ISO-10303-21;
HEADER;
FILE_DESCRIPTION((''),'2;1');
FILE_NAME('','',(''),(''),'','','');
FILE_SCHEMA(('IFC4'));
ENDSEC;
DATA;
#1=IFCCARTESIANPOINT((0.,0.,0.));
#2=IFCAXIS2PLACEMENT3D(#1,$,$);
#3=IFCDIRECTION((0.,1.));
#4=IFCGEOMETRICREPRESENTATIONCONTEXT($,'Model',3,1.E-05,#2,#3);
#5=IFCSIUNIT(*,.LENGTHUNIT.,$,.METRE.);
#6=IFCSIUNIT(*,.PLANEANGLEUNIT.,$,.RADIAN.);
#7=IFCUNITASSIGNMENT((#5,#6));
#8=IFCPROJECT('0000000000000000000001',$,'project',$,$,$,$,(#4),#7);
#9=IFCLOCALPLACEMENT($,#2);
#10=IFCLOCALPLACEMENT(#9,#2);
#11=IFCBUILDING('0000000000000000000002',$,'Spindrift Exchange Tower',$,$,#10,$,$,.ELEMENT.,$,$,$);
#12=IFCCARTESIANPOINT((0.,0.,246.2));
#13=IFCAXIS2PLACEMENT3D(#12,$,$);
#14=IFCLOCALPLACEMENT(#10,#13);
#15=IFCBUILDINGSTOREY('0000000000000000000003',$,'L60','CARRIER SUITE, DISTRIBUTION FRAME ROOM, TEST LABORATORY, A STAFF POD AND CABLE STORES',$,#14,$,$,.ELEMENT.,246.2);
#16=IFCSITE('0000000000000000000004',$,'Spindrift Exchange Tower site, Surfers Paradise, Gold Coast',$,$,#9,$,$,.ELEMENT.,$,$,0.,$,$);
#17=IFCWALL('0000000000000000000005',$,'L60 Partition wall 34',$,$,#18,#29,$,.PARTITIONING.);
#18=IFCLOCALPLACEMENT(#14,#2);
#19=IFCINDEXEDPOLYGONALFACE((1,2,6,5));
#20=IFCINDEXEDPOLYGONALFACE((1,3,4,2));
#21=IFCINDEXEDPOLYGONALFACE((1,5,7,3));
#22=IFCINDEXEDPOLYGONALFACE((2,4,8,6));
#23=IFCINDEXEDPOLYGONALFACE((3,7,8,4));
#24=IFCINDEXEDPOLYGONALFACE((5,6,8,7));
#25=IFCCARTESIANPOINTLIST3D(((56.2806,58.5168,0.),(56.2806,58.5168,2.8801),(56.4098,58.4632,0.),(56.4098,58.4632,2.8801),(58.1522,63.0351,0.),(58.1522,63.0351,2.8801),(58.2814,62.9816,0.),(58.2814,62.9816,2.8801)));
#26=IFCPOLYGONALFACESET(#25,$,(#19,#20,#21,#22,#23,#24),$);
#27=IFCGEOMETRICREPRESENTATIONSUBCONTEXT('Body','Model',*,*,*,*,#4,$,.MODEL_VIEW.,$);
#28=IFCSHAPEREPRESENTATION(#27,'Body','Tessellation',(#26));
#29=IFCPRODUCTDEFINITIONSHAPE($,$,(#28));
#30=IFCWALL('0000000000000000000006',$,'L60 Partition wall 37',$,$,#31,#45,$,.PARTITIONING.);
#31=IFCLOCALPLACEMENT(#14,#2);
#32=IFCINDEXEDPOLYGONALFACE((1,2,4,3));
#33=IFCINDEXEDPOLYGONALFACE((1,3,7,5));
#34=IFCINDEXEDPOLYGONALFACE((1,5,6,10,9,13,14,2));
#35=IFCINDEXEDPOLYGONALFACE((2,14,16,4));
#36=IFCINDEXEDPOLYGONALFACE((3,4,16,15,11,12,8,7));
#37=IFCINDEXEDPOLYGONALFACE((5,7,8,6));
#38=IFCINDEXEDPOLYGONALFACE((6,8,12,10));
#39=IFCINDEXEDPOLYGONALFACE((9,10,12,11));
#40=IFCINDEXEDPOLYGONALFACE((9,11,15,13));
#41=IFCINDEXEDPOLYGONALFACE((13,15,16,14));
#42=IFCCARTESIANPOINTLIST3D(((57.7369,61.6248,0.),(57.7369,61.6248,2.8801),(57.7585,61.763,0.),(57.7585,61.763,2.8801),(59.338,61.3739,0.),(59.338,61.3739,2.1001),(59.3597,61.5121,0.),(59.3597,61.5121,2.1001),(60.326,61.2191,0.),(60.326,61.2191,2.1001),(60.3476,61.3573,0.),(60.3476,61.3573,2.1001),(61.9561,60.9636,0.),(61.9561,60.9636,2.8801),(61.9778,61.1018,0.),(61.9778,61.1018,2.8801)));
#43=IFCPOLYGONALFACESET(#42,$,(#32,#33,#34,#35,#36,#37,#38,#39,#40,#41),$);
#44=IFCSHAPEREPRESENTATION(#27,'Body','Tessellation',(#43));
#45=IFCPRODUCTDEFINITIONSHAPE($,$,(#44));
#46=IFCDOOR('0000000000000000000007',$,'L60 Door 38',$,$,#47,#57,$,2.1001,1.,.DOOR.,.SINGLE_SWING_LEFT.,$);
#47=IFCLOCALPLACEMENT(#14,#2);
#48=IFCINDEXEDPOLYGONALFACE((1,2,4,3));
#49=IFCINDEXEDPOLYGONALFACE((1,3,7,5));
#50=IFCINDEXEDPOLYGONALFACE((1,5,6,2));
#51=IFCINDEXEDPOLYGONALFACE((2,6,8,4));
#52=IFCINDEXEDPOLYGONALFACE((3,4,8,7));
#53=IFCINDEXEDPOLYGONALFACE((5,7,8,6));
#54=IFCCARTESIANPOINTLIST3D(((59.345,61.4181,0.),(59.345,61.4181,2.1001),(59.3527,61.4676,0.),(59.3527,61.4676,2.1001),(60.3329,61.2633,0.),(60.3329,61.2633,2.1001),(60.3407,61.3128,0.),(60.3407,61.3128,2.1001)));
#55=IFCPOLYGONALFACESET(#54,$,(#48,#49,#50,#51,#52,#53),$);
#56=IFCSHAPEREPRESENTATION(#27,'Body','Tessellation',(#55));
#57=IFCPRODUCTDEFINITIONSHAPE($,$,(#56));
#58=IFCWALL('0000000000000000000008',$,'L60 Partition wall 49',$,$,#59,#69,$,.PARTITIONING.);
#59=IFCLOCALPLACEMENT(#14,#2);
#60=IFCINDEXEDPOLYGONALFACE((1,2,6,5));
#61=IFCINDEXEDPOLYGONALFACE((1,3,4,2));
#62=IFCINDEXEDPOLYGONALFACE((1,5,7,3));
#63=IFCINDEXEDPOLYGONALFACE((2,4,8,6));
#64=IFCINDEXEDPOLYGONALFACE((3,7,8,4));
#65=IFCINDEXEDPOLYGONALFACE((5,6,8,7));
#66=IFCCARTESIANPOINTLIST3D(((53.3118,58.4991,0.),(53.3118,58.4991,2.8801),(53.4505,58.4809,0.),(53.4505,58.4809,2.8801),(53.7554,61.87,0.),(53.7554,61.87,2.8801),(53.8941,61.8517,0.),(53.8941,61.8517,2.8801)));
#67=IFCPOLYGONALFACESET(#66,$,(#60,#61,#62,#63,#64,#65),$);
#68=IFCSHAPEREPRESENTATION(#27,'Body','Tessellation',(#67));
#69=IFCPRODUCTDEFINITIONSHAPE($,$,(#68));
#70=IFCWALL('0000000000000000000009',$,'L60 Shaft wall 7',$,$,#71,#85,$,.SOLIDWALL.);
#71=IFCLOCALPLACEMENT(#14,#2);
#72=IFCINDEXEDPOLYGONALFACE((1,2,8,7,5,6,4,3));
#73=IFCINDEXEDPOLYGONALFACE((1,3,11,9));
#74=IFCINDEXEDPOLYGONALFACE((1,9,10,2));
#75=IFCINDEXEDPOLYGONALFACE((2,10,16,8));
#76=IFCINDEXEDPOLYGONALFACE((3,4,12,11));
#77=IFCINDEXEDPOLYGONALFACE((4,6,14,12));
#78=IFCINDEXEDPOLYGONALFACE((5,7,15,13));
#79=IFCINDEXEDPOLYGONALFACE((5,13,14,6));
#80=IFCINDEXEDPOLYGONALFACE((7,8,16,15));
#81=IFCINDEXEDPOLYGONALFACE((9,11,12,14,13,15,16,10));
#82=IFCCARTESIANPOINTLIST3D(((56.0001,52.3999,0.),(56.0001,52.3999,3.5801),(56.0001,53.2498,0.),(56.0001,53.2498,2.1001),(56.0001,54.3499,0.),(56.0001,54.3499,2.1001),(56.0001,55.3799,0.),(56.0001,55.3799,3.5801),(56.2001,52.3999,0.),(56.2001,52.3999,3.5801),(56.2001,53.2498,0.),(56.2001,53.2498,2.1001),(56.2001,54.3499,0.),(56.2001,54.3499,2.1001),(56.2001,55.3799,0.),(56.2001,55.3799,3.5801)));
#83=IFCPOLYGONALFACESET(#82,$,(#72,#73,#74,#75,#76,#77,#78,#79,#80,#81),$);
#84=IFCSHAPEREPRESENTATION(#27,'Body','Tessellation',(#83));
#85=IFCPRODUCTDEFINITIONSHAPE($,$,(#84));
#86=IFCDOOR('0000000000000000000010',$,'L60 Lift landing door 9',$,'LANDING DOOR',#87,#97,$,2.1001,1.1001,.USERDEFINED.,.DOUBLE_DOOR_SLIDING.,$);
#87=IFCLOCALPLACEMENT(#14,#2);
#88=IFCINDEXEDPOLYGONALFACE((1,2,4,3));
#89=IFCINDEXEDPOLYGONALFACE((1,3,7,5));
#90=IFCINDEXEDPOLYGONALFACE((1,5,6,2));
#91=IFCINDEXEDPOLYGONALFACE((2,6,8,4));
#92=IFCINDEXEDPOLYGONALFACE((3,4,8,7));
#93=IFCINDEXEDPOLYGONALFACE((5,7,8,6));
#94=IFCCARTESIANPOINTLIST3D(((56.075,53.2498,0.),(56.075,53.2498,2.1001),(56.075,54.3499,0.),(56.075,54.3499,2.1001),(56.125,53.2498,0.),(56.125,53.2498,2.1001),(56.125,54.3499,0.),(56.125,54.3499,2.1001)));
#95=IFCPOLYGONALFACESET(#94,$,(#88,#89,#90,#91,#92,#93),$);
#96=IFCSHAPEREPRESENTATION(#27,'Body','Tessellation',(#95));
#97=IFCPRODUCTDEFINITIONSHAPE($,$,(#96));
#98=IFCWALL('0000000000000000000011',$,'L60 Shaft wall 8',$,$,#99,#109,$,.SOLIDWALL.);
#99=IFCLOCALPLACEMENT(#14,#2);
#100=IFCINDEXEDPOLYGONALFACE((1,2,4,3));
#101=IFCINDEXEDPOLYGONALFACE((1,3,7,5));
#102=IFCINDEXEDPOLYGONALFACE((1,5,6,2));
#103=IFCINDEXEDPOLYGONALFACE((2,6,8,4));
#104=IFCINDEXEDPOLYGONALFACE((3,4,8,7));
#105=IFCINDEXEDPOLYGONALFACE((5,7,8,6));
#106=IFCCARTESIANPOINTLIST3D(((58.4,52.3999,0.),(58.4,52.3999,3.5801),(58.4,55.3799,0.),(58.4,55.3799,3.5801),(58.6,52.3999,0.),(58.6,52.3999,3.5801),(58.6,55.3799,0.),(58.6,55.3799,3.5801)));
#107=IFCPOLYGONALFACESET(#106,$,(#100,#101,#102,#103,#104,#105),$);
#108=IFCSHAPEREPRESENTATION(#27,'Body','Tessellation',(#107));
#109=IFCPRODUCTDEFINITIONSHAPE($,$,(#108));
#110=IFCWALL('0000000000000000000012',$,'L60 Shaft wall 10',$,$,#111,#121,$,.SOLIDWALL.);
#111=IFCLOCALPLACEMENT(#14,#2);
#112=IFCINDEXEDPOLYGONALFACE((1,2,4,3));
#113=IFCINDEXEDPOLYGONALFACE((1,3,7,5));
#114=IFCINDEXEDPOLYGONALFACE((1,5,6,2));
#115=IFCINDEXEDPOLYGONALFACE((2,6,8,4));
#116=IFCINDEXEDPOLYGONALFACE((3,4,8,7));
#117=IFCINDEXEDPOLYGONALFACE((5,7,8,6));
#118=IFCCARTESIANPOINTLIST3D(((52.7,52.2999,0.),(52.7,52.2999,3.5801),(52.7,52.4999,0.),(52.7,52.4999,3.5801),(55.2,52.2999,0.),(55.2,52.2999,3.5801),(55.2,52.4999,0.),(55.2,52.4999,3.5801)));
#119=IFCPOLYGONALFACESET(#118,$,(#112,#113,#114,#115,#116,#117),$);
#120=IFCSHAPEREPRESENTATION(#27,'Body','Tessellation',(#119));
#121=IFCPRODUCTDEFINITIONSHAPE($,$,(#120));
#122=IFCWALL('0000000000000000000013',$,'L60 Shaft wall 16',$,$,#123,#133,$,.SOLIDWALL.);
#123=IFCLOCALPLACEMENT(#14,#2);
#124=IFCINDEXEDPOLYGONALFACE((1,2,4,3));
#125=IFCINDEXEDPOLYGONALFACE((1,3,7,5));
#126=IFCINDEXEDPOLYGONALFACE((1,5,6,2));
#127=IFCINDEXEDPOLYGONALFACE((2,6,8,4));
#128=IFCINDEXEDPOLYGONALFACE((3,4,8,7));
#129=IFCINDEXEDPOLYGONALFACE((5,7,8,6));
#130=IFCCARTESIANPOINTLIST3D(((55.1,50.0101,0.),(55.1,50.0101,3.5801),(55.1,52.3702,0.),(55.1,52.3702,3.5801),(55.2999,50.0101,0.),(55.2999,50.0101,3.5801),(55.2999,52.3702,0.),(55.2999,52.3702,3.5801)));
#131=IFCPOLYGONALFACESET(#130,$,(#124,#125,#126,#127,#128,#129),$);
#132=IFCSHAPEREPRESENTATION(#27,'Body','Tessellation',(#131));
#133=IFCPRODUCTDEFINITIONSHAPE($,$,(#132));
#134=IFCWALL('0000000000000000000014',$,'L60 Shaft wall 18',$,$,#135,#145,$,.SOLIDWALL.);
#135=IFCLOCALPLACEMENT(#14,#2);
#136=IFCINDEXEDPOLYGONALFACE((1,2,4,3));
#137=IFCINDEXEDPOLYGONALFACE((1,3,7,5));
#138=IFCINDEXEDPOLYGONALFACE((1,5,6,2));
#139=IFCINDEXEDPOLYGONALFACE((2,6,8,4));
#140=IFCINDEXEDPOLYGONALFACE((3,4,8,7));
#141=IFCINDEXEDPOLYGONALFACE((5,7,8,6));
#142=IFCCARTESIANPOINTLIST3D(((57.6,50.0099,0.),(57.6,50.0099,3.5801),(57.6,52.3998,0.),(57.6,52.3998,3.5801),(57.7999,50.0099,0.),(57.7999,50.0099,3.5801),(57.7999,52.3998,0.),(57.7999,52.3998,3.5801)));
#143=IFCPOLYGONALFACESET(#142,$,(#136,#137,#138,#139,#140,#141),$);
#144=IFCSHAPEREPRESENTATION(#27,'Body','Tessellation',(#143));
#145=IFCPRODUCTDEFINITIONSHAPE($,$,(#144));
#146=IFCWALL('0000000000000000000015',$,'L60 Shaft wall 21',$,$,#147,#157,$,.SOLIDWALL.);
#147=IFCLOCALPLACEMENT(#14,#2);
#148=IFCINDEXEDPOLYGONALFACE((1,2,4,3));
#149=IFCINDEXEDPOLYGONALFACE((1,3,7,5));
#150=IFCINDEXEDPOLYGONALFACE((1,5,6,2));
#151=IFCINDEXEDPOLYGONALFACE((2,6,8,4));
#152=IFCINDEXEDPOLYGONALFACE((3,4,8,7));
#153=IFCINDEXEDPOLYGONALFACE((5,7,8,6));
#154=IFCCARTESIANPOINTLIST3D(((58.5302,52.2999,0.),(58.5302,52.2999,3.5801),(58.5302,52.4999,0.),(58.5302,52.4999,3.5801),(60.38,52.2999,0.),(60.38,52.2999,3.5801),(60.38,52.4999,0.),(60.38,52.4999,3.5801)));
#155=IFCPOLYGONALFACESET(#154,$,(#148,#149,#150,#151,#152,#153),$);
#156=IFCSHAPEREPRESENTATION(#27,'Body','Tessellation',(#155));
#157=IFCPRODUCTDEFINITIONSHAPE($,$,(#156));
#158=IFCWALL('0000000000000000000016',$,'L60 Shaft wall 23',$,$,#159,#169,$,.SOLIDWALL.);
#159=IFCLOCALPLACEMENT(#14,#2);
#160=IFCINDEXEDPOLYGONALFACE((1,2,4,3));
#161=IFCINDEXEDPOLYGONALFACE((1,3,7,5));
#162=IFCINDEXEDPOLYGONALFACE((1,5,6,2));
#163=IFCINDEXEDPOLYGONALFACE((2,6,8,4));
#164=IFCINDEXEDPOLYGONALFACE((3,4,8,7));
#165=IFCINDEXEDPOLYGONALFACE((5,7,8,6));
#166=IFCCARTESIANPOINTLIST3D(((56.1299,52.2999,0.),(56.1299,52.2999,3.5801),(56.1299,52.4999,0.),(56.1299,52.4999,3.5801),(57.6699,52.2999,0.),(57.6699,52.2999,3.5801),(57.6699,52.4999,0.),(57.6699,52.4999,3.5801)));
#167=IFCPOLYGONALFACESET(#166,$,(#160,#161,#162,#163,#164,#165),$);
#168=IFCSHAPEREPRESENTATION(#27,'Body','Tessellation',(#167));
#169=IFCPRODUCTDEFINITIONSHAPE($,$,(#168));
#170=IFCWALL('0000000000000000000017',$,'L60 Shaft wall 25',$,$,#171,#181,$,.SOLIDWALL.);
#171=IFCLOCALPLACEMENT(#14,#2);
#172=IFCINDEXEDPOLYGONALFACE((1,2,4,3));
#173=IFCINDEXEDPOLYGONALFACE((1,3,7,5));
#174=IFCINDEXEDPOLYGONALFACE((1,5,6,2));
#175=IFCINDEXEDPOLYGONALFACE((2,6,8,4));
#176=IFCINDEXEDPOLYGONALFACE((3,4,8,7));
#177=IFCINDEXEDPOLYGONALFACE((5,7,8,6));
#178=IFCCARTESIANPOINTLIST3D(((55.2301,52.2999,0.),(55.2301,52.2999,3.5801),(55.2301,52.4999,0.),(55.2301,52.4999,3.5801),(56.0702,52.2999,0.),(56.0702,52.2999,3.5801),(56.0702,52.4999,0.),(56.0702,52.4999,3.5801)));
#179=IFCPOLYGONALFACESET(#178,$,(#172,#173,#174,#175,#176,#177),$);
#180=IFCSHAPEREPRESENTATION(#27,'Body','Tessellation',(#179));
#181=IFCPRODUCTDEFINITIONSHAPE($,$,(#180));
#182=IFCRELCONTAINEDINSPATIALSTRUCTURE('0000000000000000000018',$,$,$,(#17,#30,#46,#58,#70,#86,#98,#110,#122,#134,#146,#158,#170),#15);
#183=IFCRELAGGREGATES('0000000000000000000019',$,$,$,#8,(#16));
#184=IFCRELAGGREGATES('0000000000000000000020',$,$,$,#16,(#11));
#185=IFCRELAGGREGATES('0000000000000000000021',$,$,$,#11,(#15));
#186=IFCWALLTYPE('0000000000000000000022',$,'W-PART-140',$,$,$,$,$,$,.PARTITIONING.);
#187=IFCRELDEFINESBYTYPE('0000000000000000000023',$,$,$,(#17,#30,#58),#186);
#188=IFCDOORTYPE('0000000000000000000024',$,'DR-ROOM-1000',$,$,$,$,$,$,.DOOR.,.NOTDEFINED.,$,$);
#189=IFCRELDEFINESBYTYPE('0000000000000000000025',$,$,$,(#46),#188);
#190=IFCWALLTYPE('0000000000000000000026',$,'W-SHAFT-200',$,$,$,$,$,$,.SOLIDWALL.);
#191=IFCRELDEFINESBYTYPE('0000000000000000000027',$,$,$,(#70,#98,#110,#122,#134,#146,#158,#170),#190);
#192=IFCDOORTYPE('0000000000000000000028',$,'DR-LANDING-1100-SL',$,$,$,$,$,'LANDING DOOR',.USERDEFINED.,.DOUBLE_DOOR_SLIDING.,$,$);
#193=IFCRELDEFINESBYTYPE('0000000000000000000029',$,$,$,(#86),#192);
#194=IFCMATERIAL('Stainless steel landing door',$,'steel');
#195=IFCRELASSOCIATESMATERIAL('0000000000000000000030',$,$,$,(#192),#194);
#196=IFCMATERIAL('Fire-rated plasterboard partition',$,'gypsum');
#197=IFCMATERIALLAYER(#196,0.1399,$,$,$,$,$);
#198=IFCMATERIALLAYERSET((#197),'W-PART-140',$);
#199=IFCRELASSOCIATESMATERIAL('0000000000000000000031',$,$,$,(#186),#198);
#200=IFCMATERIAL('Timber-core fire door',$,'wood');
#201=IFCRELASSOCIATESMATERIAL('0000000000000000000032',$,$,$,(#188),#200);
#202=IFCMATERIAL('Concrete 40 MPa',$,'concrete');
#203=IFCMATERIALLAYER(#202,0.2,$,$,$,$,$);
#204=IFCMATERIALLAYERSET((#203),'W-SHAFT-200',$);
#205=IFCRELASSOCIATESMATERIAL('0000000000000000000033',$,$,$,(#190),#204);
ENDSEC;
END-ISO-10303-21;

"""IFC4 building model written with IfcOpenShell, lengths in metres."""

from ifc_helpers import new_model, si_unit, direction, frame, frame_2d, origin, place, context, subcontext, project, spatial, rectangle, extrude, source, transform, mapped, material, layer, layer_set, type_object, element, fill, save


model = new_model("IFC4")

# Units and contexts
model_context = context("Model", 3, precision=1e-05, world=origin(), true_north=direction((0.0, 1.0)))
body_context = subcontext(model_context, "Body", "Model", "MODEL_VIEW")
ifc_project = project(units=[si_unit("LENGTHUNIT", "METRE"), si_unit("PLANEANGLEUNIT", "RADIAN")], contexts=[model_context])

# Site, building, storey
site_placement = place(None, origin())
site = spatial("IfcSite", under=ifc_project, at=site_placement, Name="Spindrift Exchange Tower site, Surfers Paradise, Gold Coast", CompositionType="ELEMENT", RefElevation=0.0)
building_placement = place(site_placement, origin())
building = spatial("IfcBuilding", under=site, at=building_placement, Name="Spindrift Exchange Tower", CompositionType="ELEMENT")
storey_placement = place(building_placement, frame((0.0, 0.0, 246.2)))
storey = spatial("IfcBuildingStorey", under=building, at=storey_placement, Name="L60", Description="CARRIER SUITE, DISTRIBUTION FRAME ROOM, TEST LABORATORY, A STAFF POD AND CABLE STORES", CompositionType="ELEMENT", Elevation=246.2)

# Shared definitions
ifc_material_1 = material(Name="Stainless steel landing door", Category="steel")
door_type_1 = type_object("IfcDoorType", Name="DR-LANDING-1100-SL", ElementType="LANDING DOOR", OperationType="DOUBLE_DOOR_SLIDING", PredefinedType="USERDEFINED", material=ifc_material_1)
shared_shape_1 = source(origin(), body_context, "Body", "SweptSolid", [
    extrude(rectangle(XDim=1.1001, YDim=2.1001, at=frame_2d((0.55, 1.05))), frame((0.0, 0.0249, 0.0), z_axis=(0.0, -1.0, 0.0), x_axis=(1.0, 0.0, 0.0)), (0.0, 0.0, 1.0), 0.05),
])
ifc_material_2 = material(Name="Timber-core fire door", Category="wood")

# Wall
ifc_material_3 = material(Name="Fire-rated plasterboard partition", Category="gypsum")
ifc_layer_1 = layer(ifc_material_3, 0.1399)
ifc_layer_set_1 = layer_set([ifc_layer_1], Name="W-PART-140")
wall_type_1 = type_object("IfcWallType", Name="W-PART-140", PredefinedType="PARTITIONING", material=ifc_layer_set_1)
wall_1_placement = place(storey_placement, frame((56.3452, 58.49, 0.0), z_axis=(0.0, 0.0, 1.0), x_axis=(0.38269, 0.923877, 0.0)))
element("IfcWall", 1, at=wall_1_placement, inside=storey, type_object=wall_type_1, Name="L60 Partition wall 34", PredefinedType="PARTITIONING", context=body_context, shape_type="SweptSolid", body=[
    extrude(rectangle(XDim=4.8906, YDim=0.1399, at=frame_2d((2.4453, 0.0))), origin(), (0.0, 0.0, 1.0), 2.8801),
])

# Wall, opening, door
wall_2_placement = place(storey_placement, frame((57.7478, 61.6938, 0.0), z_axis=(0.0, 0.0, 1.0), x_axis=(0.987945, -0.154806, 0.0)))
wall_2 = element("IfcWall", 2, at=wall_2_placement, inside=storey, type_object=wall_type_1, Name="L60 Partition wall 37", PredefinedType="PARTITIONING", context=body_context, shape_type="SweptSolid", body=[
    extrude(rectangle(XDim=4.2708, YDim=0.1399, at=frame_2d((2.1353, 0.0))), origin(), (0.0, 0.0, 1.0), 2.8801),
])
opening_1_placement = place(wall_2_placement, frame((1.6206, 0.0, 0.0)))
opening_1 = element("IfcOpeningElement", 3, at=opening_1_placement, cuts=wall_2, PredefinedType="OPENING", context=body_context, shape_type="SweptSolid", body=[
    extrude(rectangle(XDim=1.0, YDim=2.1001, at=frame_2d((0.5, 1.05))), frame((0.0, 0.0798, 0.0), z_axis=(0.0, -1.0, 0.0), x_axis=(1.0, 0.0, 0.0)), (0.0, 0.0, 1.0), 0.1599),
])
door_type_2 = type_object("IfcDoorType", Name="DR-ROOM-1000", OperationType="NOTDEFINED", PredefinedType="DOOR", material=ifc_material_2)
shared_shape_2 = source(origin(), body_context, "Body", "SweptSolid", [
    extrude(rectangle(XDim=1.0, YDim=2.1001, at=frame_2d((0.5, 1.05))), frame((0.0, 0.0249, 0.0), z_axis=(0.0, -1.0, 0.0), x_axis=(1.0, 0.0, 0.0)), (0.0, 0.0, 1.0), 0.05),
])
door_1_placement = place(opening_1_placement, origin())
door_1 = element("IfcDoor", 4, at=door_1_placement, inside=storey, type_object=door_type_2, Name="L60 Door 38", OperationType="SINGLE_SWING_LEFT", OverallHeight=2.1001, OverallWidth=1.0, PredefinedType="DOOR", context=body_context, shape_type="MappedRepresentation", body=[
    mapped(shared_shape_2, transform((0.0, 0.0, 0.0), scale=1.0)),
])
fill(opening_1, door_1)

# Wall
wall_3_placement = place(storey_placement, frame((53.3811, 58.49, 0.0), z_axis=(0.0, 0.0, 1.0), x_axis=(0.130475, 0.991452, 0.0)))
element("IfcWall", 5, at=wall_3_placement, inside=storey, type_object=wall_type_1, Name="L60 Partition wall 49", PredefinedType="PARTITIONING", context=body_context, shape_type="SweptSolid", body=[
    extrude(rectangle(XDim=3.3999, YDim=0.1399, at=frame_2d((1.7, 0.0))), origin(), (0.0, 0.0, 1.0), 2.8801),
])

# Wall, opening, door
ifc_material_4 = material(Name="Concrete 40 MPa", Category="concrete")
ifc_layer_2 = layer(ifc_material_4, 0.2)
ifc_layer_set_2 = layer_set([ifc_layer_2], Name="W-SHAFT-200")
wall_type_2 = type_object("IfcWallType", Name="W-SHAFT-200", PredefinedType="SOLIDWALL", material=ifc_layer_set_2)
wall_4_placement = place(storey_placement, frame((56.1001, 55.3799, 0.0), z_axis=(0.0, 0.0, 1.0), x_axis=(0.0, -1.0, 0.0)))
wall_4 = element("IfcWall", 6, at=wall_4_placement, inside=storey, type_object=wall_type_2, Name="L60 Shaft wall 7", PredefinedType="SOLIDWALL", context=body_context, shape_type="SweptSolid", body=[
    extrude(rectangle(XDim=2.98, YDim=0.2, at=frame_2d((1.49, 0.0))), origin(), (0.0, 0.0, 1.0), 3.5801),
])
opening_2_placement = place(wall_4_placement, frame((1.03, 0.0, 0.0)))
opening_2 = element("IfcOpeningElement", 7, at=opening_2_placement, cuts=wall_4, PredefinedType="OPENING", context=body_context, shape_type="SweptSolid", body=[
    extrude(rectangle(XDim=1.1001, YDim=2.1001, at=frame_2d((0.55, 1.05))), frame((0.0, 0.1099, 0.0), z_axis=(0.0, -1.0, 0.0), x_axis=(1.0, 0.0, 0.0)), (0.0, 0.0, 1.0), 0.22),
])
door_2_placement = place(opening_2_placement, origin())
door_2 = element("IfcDoor", 8, at=door_2_placement, inside=storey, type_object=door_type_1, Name="L60 Lift landing door 9", ObjectType="LANDING DOOR", OperationType="DOUBLE_DOOR_SLIDING", OverallHeight=2.1001, OverallWidth=1.1001, PredefinedType="USERDEFINED", context=body_context, shape_type="MappedRepresentation", body=[
    mapped(shared_shape_1, transform((0.0, 0.0, 0.0), scale=1.0)),
])
fill(opening_2, door_2)

# Walls
wall_5_placement = place(storey_placement, frame((58.5, 52.3999, 0.0), z_axis=(0.0, 0.0, 1.0), x_axis=(0.0, 1.0, 0.0)))
element("IfcWall", 9, at=wall_5_placement, inside=storey, type_object=wall_type_2, Name="L60 Shaft wall 8", PredefinedType="SOLIDWALL", context=body_context, shape_type="SweptSolid", body=[
    extrude(rectangle(XDim=2.98, YDim=0.2, at=frame_2d((1.49, 0.0))), origin(), (0.0, 0.0, 1.0), 3.5801),
])
wall_6_placement = place(storey_placement, frame((55.2, 52.3999, 0.0), z_axis=(0.0, 0.0, 1.0), x_axis=(-1.0, 0.0, 0.0)))
element("IfcWall", 10, at=wall_6_placement, inside=storey, type_object=wall_type_2, Name="L60 Shaft wall 10", PredefinedType="SOLIDWALL", context=body_context, shape_type="SweptSolid", body=[
    extrude(rectangle(XDim=2.5, YDim=0.2, at=frame_2d((1.25, 0.0))), origin(), (0.0, 0.0, 1.0), 3.5801),
])
wall_7_placement = place(storey_placement, frame((55.2, 50.01, 0.0), z_axis=(0.0, 0.0, 1.0), x_axis=(0.0, 1.0, 0.0)))
element("IfcWall", 11, at=wall_7_placement, inside=storey, type_object=wall_type_2, Name="L60 Shaft wall 16", PredefinedType="SOLIDWALL", context=body_context, shape_type="SweptSolid", body=[
    extrude(rectangle(XDim=2.3601, YDim=0.2, at=frame_2d((1.1802, 0.0))), origin(), (0.0, 0.0, 1.0), 3.5801),
])
wall_8_placement = place(storey_placement, frame((57.7, 50.01, 0.0), z_axis=(0.0, 0.0, 1.0), x_axis=(0.0, 1.0, 0.0)))
element("IfcWall", 12, at=wall_8_placement, inside=storey, type_object=wall_type_2, Name="L60 Shaft wall 18", PredefinedType="SOLIDWALL", context=body_context, shape_type="SweptSolid", body=[
    extrude(rectangle(XDim=2.3899, YDim=0.2, at=frame_2d((1.1948, 0.0))), origin(), (0.0, 0.0, 1.0), 3.5801),
])
wall_9_placement = place(storey_placement, frame((60.3799, 52.3999, 0.0), z_axis=(0.0, 0.0, 1.0), x_axis=(-1.0, 0.0, 0.0)))
element("IfcWall", 13, at=wall_9_placement, inside=storey, type_object=wall_type_2, Name="L60 Shaft wall 21", PredefinedType="SOLIDWALL", context=body_context, shape_type="SweptSolid", body=[
    extrude(rectangle(XDim=1.8499, YDim=0.2, at=frame_2d((0.9248, 0.0))), origin(), (0.0, 0.0, 1.0), 3.5801),
])
wall_10_placement = place(storey_placement, frame((57.6699, 52.3999, 0.0), z_axis=(0.0, 0.0, 1.0), x_axis=(-1.0, 0.0, 0.0)))
element("IfcWall", 14, at=wall_10_placement, inside=storey, type_object=wall_type_2, Name="L60 Shaft wall 23", PredefinedType="SOLIDWALL", context=body_context, shape_type="SweptSolid", body=[
    extrude(rectangle(XDim=1.54, YDim=0.2, at=frame_2d((0.77, 0.0))), origin(), (0.0, 0.0, 1.0), 3.5801),
])
wall_11_placement = place(storey_placement, frame((56.0701, 52.3999, 0.0), z_axis=(0.0, 0.0, 1.0), x_axis=(-1.0, 0.0, 0.0)))
element("IfcWall", 15, at=wall_11_placement, inside=storey, type_object=wall_type_2, Name="L60 Shaft wall 25", PredefinedType="SOLIDWALL", context=body_context, shape_type="SweptSolid", body=[
    extrude(rectangle(XDim=0.8401, YDim=0.2, at=frame_2d((0.4199, 0.0))), origin(), (0.0, 0.0, 1.0), 3.5801),
])

save(model, "model.ifc")
